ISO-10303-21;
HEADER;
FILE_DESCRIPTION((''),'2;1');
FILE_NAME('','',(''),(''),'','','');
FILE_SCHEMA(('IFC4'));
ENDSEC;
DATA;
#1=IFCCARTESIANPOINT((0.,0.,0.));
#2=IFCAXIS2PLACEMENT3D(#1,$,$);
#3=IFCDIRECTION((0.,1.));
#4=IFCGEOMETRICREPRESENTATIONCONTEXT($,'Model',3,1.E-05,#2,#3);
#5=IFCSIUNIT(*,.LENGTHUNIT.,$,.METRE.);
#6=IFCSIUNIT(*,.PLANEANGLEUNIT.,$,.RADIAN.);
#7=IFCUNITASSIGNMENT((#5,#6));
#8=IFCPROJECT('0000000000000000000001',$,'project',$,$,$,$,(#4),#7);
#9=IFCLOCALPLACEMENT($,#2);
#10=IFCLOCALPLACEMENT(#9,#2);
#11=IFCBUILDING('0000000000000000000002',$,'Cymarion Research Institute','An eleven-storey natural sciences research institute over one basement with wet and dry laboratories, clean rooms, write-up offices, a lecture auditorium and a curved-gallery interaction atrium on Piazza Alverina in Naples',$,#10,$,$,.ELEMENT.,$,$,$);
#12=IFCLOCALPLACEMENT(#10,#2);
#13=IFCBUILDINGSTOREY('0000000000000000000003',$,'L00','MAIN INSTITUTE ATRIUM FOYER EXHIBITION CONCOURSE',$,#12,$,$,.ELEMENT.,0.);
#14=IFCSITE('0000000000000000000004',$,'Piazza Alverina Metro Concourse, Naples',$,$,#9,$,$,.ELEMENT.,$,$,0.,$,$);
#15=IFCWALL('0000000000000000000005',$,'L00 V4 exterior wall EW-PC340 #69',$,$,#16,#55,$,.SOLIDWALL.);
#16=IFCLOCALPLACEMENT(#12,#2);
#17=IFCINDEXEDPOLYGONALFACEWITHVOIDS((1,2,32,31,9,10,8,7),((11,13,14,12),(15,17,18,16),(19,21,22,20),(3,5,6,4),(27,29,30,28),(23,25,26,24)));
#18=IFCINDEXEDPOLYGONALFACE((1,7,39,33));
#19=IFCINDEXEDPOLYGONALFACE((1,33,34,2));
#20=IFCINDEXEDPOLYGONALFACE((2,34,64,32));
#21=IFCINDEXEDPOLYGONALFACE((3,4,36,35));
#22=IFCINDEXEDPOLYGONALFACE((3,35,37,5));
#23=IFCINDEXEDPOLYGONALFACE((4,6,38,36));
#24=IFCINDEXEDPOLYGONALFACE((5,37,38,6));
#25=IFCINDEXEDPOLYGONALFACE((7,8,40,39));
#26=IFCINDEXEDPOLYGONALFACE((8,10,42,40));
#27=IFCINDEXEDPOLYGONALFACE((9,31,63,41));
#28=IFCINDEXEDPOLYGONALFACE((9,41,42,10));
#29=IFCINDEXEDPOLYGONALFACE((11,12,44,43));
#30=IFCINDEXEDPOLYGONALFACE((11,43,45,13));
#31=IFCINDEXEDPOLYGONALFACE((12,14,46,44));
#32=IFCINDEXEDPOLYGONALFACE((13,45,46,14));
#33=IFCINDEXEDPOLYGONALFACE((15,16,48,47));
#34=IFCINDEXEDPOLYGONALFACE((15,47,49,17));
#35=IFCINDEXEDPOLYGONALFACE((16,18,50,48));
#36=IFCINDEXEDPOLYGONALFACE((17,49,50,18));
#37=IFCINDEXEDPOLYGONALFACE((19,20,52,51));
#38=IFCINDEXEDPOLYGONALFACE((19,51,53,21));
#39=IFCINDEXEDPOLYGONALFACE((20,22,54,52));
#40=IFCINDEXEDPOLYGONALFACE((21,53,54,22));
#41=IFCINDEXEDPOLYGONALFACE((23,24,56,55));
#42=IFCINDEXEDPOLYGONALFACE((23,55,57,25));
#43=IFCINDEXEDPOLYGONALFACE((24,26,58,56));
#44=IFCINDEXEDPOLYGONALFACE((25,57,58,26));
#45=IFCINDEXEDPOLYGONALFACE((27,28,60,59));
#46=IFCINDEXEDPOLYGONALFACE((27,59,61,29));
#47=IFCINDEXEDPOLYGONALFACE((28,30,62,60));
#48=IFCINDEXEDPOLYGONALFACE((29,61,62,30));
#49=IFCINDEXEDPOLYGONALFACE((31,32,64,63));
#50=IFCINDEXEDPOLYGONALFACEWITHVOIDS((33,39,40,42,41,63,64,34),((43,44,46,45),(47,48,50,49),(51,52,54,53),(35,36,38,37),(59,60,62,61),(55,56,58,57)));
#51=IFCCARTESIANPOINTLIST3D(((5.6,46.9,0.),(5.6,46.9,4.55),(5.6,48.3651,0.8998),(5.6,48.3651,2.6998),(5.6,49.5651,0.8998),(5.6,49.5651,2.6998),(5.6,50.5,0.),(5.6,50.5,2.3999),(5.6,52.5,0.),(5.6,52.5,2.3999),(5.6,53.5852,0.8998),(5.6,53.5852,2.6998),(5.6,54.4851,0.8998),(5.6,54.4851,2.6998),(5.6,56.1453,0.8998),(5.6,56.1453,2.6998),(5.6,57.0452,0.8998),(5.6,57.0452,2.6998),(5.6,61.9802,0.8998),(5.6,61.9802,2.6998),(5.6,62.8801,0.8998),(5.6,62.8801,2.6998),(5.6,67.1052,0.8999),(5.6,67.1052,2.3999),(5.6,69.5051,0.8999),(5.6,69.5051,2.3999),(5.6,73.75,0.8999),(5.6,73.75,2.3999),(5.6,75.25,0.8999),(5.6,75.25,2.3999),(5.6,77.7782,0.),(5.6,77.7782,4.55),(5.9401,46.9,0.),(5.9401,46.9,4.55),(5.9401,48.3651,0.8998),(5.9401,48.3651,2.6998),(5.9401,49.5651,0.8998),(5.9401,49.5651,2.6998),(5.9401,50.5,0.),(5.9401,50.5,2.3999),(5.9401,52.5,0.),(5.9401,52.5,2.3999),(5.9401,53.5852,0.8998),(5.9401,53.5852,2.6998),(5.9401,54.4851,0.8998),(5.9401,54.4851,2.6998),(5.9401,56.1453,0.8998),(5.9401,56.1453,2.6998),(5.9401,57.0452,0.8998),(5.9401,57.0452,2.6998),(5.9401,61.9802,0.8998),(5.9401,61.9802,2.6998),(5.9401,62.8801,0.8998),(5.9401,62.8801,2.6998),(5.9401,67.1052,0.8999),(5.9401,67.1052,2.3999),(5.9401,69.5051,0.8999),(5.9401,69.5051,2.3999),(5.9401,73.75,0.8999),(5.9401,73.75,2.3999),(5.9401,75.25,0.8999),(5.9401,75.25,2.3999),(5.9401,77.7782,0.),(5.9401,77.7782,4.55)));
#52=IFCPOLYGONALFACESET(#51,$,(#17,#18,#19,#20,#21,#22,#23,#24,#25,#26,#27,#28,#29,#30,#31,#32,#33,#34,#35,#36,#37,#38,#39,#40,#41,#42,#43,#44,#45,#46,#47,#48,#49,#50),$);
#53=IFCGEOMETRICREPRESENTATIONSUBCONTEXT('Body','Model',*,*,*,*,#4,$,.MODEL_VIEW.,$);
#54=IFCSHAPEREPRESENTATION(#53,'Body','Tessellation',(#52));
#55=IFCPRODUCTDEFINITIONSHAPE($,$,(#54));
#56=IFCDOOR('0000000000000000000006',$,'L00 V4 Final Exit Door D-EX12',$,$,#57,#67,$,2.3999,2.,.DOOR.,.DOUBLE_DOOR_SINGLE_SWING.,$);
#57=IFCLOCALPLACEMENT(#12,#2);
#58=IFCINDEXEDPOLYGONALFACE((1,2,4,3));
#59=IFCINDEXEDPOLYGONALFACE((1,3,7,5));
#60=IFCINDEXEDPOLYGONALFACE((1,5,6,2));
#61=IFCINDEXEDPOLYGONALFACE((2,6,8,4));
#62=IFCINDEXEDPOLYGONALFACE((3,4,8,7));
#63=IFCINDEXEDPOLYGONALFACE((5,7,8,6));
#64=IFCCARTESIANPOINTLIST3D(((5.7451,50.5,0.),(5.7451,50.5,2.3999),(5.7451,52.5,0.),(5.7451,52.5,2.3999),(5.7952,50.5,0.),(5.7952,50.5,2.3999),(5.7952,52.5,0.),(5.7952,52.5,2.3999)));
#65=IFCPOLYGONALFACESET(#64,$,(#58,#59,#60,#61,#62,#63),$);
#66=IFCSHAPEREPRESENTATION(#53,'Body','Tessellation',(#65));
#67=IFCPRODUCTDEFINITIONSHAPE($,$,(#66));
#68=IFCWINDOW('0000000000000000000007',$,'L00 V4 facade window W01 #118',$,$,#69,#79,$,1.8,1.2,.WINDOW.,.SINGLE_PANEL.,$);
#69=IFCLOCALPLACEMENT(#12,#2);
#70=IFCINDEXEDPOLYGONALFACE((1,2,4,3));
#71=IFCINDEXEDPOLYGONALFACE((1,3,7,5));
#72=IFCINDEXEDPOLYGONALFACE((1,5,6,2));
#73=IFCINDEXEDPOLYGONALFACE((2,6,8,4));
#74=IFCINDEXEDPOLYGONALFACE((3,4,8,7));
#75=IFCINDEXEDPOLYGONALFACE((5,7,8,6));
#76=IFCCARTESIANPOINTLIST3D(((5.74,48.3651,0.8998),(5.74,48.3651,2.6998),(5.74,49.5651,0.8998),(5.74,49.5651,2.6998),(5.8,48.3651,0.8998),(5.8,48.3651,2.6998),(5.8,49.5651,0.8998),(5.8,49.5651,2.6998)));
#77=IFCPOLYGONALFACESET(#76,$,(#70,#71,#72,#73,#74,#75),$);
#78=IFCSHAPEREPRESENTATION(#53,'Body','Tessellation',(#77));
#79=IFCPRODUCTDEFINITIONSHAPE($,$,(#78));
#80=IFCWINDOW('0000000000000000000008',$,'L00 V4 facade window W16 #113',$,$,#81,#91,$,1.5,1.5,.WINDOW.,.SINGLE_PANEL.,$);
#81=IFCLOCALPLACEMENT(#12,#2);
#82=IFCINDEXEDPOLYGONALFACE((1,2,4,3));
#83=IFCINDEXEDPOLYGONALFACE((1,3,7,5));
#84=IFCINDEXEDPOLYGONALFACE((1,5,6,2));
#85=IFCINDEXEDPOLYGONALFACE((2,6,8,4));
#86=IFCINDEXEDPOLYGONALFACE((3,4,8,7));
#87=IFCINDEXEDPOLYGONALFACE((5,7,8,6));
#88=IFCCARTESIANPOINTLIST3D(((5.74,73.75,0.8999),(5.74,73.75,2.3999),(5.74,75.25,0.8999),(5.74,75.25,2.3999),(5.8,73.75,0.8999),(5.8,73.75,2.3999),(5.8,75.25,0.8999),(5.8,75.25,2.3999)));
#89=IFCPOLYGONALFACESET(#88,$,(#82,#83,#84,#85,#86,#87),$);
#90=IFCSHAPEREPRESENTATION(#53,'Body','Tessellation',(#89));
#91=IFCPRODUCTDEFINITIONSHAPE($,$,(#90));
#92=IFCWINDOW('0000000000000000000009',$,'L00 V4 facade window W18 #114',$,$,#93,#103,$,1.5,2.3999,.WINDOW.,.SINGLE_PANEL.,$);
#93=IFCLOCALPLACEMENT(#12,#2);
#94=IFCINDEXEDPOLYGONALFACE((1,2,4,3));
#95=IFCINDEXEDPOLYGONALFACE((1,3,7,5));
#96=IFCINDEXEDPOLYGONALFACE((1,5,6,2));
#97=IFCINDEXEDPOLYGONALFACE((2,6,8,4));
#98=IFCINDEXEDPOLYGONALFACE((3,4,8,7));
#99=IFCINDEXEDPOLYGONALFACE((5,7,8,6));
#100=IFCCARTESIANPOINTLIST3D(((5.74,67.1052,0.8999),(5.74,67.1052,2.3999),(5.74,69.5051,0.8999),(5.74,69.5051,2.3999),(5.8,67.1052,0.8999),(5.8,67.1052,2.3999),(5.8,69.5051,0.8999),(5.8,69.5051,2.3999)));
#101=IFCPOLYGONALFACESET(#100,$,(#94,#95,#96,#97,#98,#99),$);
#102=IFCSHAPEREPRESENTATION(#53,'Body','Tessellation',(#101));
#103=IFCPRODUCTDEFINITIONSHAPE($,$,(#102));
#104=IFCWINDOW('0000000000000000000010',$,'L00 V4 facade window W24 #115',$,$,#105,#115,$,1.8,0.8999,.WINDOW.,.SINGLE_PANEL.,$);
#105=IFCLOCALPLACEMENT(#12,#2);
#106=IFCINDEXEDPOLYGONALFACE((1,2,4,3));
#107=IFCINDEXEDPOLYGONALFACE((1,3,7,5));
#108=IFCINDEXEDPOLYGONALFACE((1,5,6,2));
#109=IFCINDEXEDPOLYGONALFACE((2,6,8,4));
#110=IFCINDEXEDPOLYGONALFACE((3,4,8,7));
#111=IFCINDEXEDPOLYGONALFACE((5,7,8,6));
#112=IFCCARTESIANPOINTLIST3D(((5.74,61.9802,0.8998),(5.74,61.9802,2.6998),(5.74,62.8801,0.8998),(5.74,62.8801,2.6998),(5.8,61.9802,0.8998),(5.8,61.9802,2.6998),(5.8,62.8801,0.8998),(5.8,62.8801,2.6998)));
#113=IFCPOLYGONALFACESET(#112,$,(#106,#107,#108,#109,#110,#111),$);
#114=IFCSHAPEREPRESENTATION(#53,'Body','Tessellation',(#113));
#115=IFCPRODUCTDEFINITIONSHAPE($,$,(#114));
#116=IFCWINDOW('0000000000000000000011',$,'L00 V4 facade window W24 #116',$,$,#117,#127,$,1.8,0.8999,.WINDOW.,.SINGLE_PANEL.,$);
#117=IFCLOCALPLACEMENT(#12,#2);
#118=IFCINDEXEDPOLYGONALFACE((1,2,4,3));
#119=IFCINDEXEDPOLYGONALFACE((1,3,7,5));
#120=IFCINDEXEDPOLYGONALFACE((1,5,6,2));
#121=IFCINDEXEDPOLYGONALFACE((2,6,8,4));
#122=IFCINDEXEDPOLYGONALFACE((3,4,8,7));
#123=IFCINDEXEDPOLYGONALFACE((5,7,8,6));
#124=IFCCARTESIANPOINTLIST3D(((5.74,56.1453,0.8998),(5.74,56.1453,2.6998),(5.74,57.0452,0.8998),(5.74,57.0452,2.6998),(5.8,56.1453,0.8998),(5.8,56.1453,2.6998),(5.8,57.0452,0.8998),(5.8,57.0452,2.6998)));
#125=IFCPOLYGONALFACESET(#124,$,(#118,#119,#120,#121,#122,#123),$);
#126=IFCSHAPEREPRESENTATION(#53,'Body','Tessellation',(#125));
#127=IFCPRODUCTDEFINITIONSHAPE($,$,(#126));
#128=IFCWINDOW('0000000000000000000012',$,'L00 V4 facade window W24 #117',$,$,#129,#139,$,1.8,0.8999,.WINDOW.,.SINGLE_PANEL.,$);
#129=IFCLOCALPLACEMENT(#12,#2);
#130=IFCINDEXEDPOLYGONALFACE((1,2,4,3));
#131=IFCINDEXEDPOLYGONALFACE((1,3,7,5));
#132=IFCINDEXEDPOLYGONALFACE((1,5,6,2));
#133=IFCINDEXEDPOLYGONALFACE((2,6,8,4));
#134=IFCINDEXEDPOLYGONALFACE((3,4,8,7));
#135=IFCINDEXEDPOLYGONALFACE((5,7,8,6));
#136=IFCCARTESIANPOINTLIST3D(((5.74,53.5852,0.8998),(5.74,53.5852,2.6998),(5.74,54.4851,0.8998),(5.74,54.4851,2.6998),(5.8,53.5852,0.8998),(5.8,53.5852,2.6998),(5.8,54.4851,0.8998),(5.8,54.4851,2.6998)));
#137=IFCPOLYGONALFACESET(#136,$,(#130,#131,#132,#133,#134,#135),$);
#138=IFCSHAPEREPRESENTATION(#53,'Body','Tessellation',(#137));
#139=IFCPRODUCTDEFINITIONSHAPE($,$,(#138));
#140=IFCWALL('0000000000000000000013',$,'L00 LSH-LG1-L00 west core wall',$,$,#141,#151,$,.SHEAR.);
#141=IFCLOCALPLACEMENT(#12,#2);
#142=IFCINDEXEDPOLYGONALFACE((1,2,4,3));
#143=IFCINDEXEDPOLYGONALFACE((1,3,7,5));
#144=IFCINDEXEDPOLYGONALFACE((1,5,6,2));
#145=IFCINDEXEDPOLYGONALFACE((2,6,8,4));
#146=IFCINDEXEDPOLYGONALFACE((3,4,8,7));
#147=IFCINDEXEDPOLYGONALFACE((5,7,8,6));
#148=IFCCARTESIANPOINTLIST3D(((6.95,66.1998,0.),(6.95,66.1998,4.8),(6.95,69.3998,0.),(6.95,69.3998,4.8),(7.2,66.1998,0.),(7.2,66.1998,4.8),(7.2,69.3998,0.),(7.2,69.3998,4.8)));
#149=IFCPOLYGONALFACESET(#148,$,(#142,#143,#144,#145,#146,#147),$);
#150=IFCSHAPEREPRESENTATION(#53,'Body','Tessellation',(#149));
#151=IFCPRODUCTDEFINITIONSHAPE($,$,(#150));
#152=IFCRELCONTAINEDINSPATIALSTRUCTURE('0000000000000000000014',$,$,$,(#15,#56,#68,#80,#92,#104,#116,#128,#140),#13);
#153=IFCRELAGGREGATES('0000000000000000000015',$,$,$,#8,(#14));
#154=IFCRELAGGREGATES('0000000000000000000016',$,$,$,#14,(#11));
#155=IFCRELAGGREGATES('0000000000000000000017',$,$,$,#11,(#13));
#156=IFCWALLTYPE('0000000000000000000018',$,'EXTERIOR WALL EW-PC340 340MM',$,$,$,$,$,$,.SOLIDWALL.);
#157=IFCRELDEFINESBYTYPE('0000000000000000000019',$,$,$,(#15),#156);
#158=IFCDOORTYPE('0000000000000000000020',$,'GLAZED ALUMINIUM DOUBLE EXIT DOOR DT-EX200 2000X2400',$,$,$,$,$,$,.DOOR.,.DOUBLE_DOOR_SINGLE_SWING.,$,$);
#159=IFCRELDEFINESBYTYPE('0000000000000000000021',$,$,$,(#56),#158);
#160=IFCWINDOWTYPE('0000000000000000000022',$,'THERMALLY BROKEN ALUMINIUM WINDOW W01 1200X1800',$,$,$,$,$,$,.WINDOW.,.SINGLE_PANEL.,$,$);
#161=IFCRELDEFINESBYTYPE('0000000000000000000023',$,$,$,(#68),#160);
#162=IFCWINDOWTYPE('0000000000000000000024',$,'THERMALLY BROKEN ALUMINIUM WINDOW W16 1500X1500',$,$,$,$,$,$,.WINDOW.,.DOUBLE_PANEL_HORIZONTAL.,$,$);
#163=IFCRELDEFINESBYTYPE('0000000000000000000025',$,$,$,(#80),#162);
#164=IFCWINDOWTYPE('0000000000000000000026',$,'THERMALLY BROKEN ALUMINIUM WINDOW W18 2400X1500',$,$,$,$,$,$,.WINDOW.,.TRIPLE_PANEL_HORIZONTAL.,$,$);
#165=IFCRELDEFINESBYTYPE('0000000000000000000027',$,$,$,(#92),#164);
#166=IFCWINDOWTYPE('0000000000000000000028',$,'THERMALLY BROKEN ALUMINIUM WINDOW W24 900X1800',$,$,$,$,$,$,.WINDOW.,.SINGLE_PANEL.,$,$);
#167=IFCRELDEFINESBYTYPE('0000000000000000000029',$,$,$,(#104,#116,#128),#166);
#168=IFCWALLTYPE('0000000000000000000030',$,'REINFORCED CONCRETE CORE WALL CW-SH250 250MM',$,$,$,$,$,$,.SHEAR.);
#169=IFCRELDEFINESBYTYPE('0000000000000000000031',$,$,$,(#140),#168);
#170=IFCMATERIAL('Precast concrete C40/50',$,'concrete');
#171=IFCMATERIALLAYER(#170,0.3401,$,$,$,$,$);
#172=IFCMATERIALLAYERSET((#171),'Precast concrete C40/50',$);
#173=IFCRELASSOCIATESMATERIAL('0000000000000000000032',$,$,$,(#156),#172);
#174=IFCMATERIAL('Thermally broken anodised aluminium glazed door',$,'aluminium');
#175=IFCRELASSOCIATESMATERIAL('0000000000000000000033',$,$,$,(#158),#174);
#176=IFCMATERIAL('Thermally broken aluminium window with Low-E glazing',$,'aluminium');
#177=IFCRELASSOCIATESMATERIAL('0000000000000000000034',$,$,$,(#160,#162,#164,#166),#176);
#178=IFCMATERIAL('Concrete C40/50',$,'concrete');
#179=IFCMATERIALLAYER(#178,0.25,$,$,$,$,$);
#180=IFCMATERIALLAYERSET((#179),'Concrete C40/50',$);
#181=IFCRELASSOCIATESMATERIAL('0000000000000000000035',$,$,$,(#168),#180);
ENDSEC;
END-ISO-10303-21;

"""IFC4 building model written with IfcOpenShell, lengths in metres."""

from ifc_helpers import new_model, si_unit, direction, frame, frame_2d, origin, place, context, subcontext, project, spatial, rectangle, extrude, material, layer, layer_set, type_object, element, fill, save


model = new_model("IFC4")

# Units and contexts
model_context = context("Model", 3, precision=1e-05, world=origin(), true_north=direction((0.0, 1.0)))
body_context = subcontext(model_context, "Body", "Model", "MODEL_VIEW")
ifc_project = project(units=[si_unit("LENGTHUNIT", "METRE"), si_unit("PLANEANGLEUNIT", "RADIAN")], contexts=[model_context])

# Site, building, storey
site_placement = place(None, origin())
site = spatial("IfcSite", under=ifc_project, at=site_placement, Name="Piazza Alverina Metro Concourse, Naples", CompositionType="ELEMENT", RefElevation=0.0)
building_placement = place(site_placement, origin())
building = spatial("IfcBuilding", under=site, at=building_placement, Name="Cymarion Research Institute", Description="An eleven-storey natural sciences research institute over one basement with wet and dry laboratories, clean rooms, write-up offices, a lecture auditorium and a curved-gallery interaction atrium on Piazza Alverina in Naples", CompositionType="ELEMENT")
storey_placement = place(building_placement, origin())
storey = spatial("IfcBuildingStorey", under=building, at=storey_placement, Name="L00", Description="MAIN INSTITUTE ATRIUM FOYER EXHIBITION CONCOURSE", CompositionType="ELEMENT", Elevation=0.0)

# Wall, openings, door, windows
ifc_material_1 = material(Name="Precast concrete C40/50", Category="concrete")
ifc_layer_1 = layer(ifc_material_1, 0.3401)
ifc_layer_set_1 = layer_set([ifc_layer_1], Name="Precast concrete C40/50")
wall_type_1 = type_object("IfcWallType", Name="EXTERIOR WALL EW-PC340 340MM", PredefinedType="SOLIDWALL", material=ifc_layer_set_1)
wall_1_placement = place(storey_placement, frame((5.77, 77.7781, 0.0), z_axis=(0.0, 0.0, 1.0), x_axis=(0.0, -1.0, 0.0)))
wall_1 = element("IfcWall", 1, at=wall_1_placement, inside=storey, type_object=wall_type_1, Name="L00 V4 exterior wall EW-PC340 #69", PredefinedType="SOLIDWALL", context=body_context, shape_type="SweptSolid", body=[
    extrude(rectangle(XDim=30.8782, YDim=0.3401, at=frame_2d((15.439, 0.0))), origin(), (0.0, 0.0, 1.0), 4.55),
])
opening_1_placement = place(wall_1_placement, frame((25.2781, 0.0, 0.0)))
opening_1 = element("IfcOpeningElement", 2, at=opening_1_placement, cuts=wall_1, PredefinedType="OPENING", context=body_context, shape_type="SweptSolid", body=[
    extrude(rectangle(XDim=2.0, YDim=2.3999, at=frame_2d((1.0, 1.2))), frame((0.0, 0.1799, 0.0), z_axis=(0.0, -1.0, 0.0), x_axis=(1.0, 0.0, 0.0)), (0.0, 0.0, 1.0), 0.3601),
])
opening_2_placement = place(wall_1_placement, frame((2.5281, 0.0, 0.8999)))
opening_2 = element("IfcOpeningElement", 3, at=opening_2_placement, cuts=wall_1, PredefinedType="OPENING", context=body_context, shape_type="SweptSolid", body=[
    extrude(rectangle(XDim=1.5, YDim=1.5, at=frame_2d((0.75, 0.75))), frame((0.0, 0.1799, 0.0), z_axis=(0.0, -1.0, 0.0), x_axis=(1.0, 0.0, 0.0)), (0.0, 0.0, 1.0), 0.3601),
])
opening_3_placement = place(wall_1_placement, frame((8.2729, 0.0, 0.8999)))
opening_3 = element("IfcOpeningElement", 4, at=opening_3_placement, cuts=wall_1, PredefinedType="OPENING", context=body_context, shape_type="SweptSolid", body=[
    extrude(rectangle(XDim=2.3999, YDim=1.5, at=frame_2d((1.2, 0.75))), frame((0.0, 0.1799, 0.0), z_axis=(0.0, -1.0, 0.0), x_axis=(1.0, 0.0, 0.0)), (0.0, 0.0, 1.0), 0.3601),
])
opening_4_placement = place(wall_1_placement, frame((14.8979, 0.0, 0.8999)))
opening_4 = element("IfcOpeningElement", 5, at=opening_4_placement, cuts=wall_1, PredefinedType="OPENING", context=body_context, shape_type="SweptSolid", body=[
    extrude(rectangle(XDim=0.8999, YDim=1.8, at=frame_2d((0.45, 0.8999))), frame((0.0, 0.1799, 0.0), z_axis=(0.0, -1.0, 0.0), x_axis=(1.0, 0.0, 0.0)), (0.0, 0.0, 1.0), 0.3601),
])
opening_5_placement = place(wall_1_placement, frame((20.7329, 0.0, 0.8999)))
opening_5 = element("IfcOpeningElement", 6, at=opening_5_placement, cuts=wall_1, PredefinedType="OPENING", context=body_context, shape_type="SweptSolid", body=[
    extrude(rectangle(XDim=0.8999, YDim=1.8, at=frame_2d((0.45, 0.8999))), frame((0.0, 0.1799, 0.0), z_axis=(0.0, -1.0, 0.0), x_axis=(1.0, 0.0, 0.0)), (0.0, 0.0, 1.0), 0.3601),
])
opening_6_placement = place(wall_1_placement, frame((23.293, 0.0, 0.8999)))
opening_6 = element("IfcOpeningElement", 7, at=opening_6_placement, cuts=wall_1, PredefinedType="OPENING", context=body_context, shape_type="SweptSolid", body=[
    extrude(rectangle(XDim=0.8999, YDim=1.8, at=frame_2d((0.45, 0.8999))), frame((0.0, 0.1799, 0.0), z_axis=(0.0, -1.0, 0.0), x_axis=(1.0, 0.0, 0.0)), (0.0, 0.0, 1.0), 0.3601),
])
opening_7_placement = place(wall_1_placement, frame((28.2129, 0.0, 0.8999)))
opening_7 = element("IfcOpeningElement", 8, at=opening_7_placement, cuts=wall_1, PredefinedType="OPENING", context=body_context, shape_type="SweptSolid", body=[
    extrude(rectangle(XDim=1.2, YDim=1.8, at=frame_2d((0.6001, 0.8999))), frame((0.0, 0.1799, 0.0), z_axis=(0.0, -1.0, 0.0), x_axis=(1.0, 0.0, 0.0)), (0.0, 0.0, 1.0), 0.3601),
])
ifc_material_2 = material(Name="Thermally broken anodised aluminium glazed door", Category="aluminium")
door_type = type_object("IfcDoorType", Name="GLAZED ALUMINIUM DOUBLE EXIT DOOR DT-EX200 2000X2400", OperationType="DOUBLE_DOOR_SINGLE_SWING", PredefinedType="DOOR", material=ifc_material_2)
door_placement = place(opening_1_placement, frame((2.0, 0.0, 0.0), z_axis=(0.0, 0.0, 1.0), x_axis=(-1.0, 0.0, 0.0)))
door = element("IfcDoor", 9, at=door_placement, inside=storey, type_object=door_type, Name="L00 V4 Final Exit Door D-EX12", OperationType="DOUBLE_DOOR_SINGLE_SWING", OverallHeight=2.3999, OverallWidth=2.0, PredefinedType="DOOR", context=body_context, shape_type="SweptSolid", body=[
    extrude(rectangle(XDim=2.0, YDim=2.3999, at=frame_2d((1.0, 1.2))), frame((0.0, 0.0249, 0.0), z_axis=(0.0, -1.0, 0.0), x_axis=(1.0, 0.0, 0.0)), (0.0, 0.0, 1.0), 0.05),
])
fill(opening_1, door)
ifc_material_3 = material(Name="Thermally broken aluminium window with Low-E glazing", Category="aluminium")
window_type_1 = type_object("IfcWindowType", Name="THERMALLY BROKEN ALUMINIUM WINDOW W01 1200X1800", PartitioningType="SINGLE_PANEL", PredefinedType="WINDOW", material=ifc_material_3)
window_1_placement = place(opening_7_placement, origin())
window_1 = element("IfcWindow", 10, at=window_1_placement, inside=storey, type_object=window_type_1, Name="L00 V4 facade window W01 #118", OverallHeight=1.8, OverallWidth=1.2, PartitioningType="SINGLE_PANEL", PredefinedType="WINDOW", context=body_context, shape_type="SweptSolid", body=[
    extrude(rectangle(XDim=1.2, YDim=1.8, at=frame_2d((0.6001, 0.8999))), frame((0.0, 0.03, 0.0), z_axis=(0.0, -1.0, 0.0), x_axis=(1.0, 0.0, 0.0)), (0.0, 0.0, 1.0), 0.0601),
])
fill(opening_7, window_1)
window_type_2 = type_object("IfcWindowType", Name="THERMALLY BROKEN ALUMINIUM WINDOW W16 1500X1500", PartitioningType="DOUBLE_PANEL_HORIZONTAL", PredefinedType="WINDOW", material=ifc_material_3)
window_2_placement = place(opening_2_placement, origin())
window_2 = element("IfcWindow", 11, at=window_2_placement, inside=storey, type_object=window_type_2, Name="L00 V4 facade window W16 #113", OverallHeight=1.5, OverallWidth=1.5, PartitioningType="SINGLE_PANEL", PredefinedType="WINDOW", context=body_context, shape_type="SweptSolid", body=[
    extrude(rectangle(XDim=1.5, YDim=1.5, at=frame_2d((0.75, 0.75))), frame((0.0, 0.03, 0.0), z_axis=(0.0, -1.0, 0.0), x_axis=(1.0, 0.0, 0.0)), (0.0, 0.0, 1.0), 0.0601),
])
fill(opening_2, window_2)
window_type_3 = type_object("IfcWindowType", Name="THERMALLY BROKEN ALUMINIUM WINDOW W18 2400X1500", PartitioningType="TRIPLE_PANEL_HORIZONTAL", PredefinedType="WINDOW", material=ifc_material_3)
window_3_placement = place(opening_3_placement, origin())
window_3 = element("IfcWindow", 12, at=window_3_placement, inside=storey, type_object=window_type_3, Name="L00 V4 facade window W18 #114", OverallHeight=1.5, OverallWidth=2.3999, PartitioningType="SINGLE_PANEL", PredefinedType="WINDOW", context=body_context, shape_type="SweptSolid", body=[
    extrude(rectangle(XDim=2.3999, YDim=1.5, at=frame_2d((1.2, 0.75))), frame((0.0, 0.03, 0.0), z_axis=(0.0, -1.0, 0.0), x_axis=(1.0, 0.0, 0.0)), (0.0, 0.0, 1.0), 0.0601),
])
fill(opening_3, window_3)
window_type_4 = type_object("IfcWindowType", Name="THERMALLY BROKEN ALUMINIUM WINDOW W24 900X1800", PartitioningType="SINGLE_PANEL", PredefinedType="WINDOW", material=ifc_material_3)
window_4_placement = place(opening_4_placement, origin())
window_4 = element("IfcWindow", 13, at=window_4_placement, inside=storey, type_object=window_type_4, Name="L00 V4 facade window W24 #115", OverallHeight=1.8, OverallWidth=0.8999, PartitioningType="SINGLE_PANEL", PredefinedType="WINDOW", context=body_context, shape_type="SweptSolid", body=[
    extrude(rectangle(XDim=0.8999, YDim=1.8, at=frame_2d((0.45, 0.8999))), frame((0.0, 0.03, 0.0), z_axis=(0.0, -1.0, 0.0), x_axis=(1.0, 0.0, 0.0)), (0.0, 0.0, 1.0), 0.0601),
])
fill(opening_4, window_4)
window_5_placement = place(opening_5_placement, origin())
window_5 = element("IfcWindow", 14, at=window_5_placement, inside=storey, type_object=window_type_4, Name="L00 V4 facade window W24 #116", OverallHeight=1.8, OverallWidth=0.8999, PartitioningType="SINGLE_PANEL", PredefinedType="WINDOW", context=body_context, shape_type="SweptSolid", body=[
    extrude(rectangle(XDim=0.8999, YDim=1.8, at=frame_2d((0.45, 0.8999))), frame((0.0, 0.03, 0.0), z_axis=(0.0, -1.0, 0.0), x_axis=(1.0, 0.0, 0.0)), (0.0, 0.0, 1.0), 0.0601),
])
fill(opening_5, window_5)
window_6_placement = place(opening_6_placement, origin())
window_6 = element("IfcWindow", 15, at=window_6_placement, inside=storey, type_object=window_type_4, Name="L00 V4 facade window W24 #117", OverallHeight=1.8, OverallWidth=0.8999, PartitioningType="SINGLE_PANEL", PredefinedType="WINDOW", context=body_context, shape_type="SweptSolid", body=[
    extrude(rectangle(XDim=0.8999, YDim=1.8, at=frame_2d((0.45, 0.8999))), frame((0.0, 0.03, 0.0), z_axis=(0.0, -1.0, 0.0), x_axis=(1.0, 0.0, 0.0)), (0.0, 0.0, 1.0), 0.0601),
])
fill(opening_6, window_6)

# Wall
ifc_material_4 = material(Name="Concrete C40/50", Category="concrete")
ifc_layer_2 = layer(ifc_material_4, 0.25)
ifc_layer_set_2 = layer_set([ifc_layer_2], Name="Concrete C40/50")
wall_type_2 = type_object("IfcWallType", Name="REINFORCED CONCRETE CORE WALL CW-SH250 250MM", PredefinedType="SHEAR", material=ifc_layer_set_2)
wall_2_placement = place(storey_placement, frame((7.075, 69.3999, 0.0), z_axis=(0.0, 0.0, 1.0), x_axis=(0.0, -1.0, 0.0)))
element("IfcWall", 16, at=wall_2_placement, inside=storey, type_object=wall_type_2, Name="L00 LSH-LG1-L00 west core wall", PredefinedType="SHEAR", context=body_context, shape_type="SweptSolid", body=[
    extrude(rectangle(XDim=3.2, YDim=0.25, at=frame_2d((1.6001, 0.0))), origin(), (0.0, 0.0, 1.0), 4.8),
])

save(model, "model.ifc")
